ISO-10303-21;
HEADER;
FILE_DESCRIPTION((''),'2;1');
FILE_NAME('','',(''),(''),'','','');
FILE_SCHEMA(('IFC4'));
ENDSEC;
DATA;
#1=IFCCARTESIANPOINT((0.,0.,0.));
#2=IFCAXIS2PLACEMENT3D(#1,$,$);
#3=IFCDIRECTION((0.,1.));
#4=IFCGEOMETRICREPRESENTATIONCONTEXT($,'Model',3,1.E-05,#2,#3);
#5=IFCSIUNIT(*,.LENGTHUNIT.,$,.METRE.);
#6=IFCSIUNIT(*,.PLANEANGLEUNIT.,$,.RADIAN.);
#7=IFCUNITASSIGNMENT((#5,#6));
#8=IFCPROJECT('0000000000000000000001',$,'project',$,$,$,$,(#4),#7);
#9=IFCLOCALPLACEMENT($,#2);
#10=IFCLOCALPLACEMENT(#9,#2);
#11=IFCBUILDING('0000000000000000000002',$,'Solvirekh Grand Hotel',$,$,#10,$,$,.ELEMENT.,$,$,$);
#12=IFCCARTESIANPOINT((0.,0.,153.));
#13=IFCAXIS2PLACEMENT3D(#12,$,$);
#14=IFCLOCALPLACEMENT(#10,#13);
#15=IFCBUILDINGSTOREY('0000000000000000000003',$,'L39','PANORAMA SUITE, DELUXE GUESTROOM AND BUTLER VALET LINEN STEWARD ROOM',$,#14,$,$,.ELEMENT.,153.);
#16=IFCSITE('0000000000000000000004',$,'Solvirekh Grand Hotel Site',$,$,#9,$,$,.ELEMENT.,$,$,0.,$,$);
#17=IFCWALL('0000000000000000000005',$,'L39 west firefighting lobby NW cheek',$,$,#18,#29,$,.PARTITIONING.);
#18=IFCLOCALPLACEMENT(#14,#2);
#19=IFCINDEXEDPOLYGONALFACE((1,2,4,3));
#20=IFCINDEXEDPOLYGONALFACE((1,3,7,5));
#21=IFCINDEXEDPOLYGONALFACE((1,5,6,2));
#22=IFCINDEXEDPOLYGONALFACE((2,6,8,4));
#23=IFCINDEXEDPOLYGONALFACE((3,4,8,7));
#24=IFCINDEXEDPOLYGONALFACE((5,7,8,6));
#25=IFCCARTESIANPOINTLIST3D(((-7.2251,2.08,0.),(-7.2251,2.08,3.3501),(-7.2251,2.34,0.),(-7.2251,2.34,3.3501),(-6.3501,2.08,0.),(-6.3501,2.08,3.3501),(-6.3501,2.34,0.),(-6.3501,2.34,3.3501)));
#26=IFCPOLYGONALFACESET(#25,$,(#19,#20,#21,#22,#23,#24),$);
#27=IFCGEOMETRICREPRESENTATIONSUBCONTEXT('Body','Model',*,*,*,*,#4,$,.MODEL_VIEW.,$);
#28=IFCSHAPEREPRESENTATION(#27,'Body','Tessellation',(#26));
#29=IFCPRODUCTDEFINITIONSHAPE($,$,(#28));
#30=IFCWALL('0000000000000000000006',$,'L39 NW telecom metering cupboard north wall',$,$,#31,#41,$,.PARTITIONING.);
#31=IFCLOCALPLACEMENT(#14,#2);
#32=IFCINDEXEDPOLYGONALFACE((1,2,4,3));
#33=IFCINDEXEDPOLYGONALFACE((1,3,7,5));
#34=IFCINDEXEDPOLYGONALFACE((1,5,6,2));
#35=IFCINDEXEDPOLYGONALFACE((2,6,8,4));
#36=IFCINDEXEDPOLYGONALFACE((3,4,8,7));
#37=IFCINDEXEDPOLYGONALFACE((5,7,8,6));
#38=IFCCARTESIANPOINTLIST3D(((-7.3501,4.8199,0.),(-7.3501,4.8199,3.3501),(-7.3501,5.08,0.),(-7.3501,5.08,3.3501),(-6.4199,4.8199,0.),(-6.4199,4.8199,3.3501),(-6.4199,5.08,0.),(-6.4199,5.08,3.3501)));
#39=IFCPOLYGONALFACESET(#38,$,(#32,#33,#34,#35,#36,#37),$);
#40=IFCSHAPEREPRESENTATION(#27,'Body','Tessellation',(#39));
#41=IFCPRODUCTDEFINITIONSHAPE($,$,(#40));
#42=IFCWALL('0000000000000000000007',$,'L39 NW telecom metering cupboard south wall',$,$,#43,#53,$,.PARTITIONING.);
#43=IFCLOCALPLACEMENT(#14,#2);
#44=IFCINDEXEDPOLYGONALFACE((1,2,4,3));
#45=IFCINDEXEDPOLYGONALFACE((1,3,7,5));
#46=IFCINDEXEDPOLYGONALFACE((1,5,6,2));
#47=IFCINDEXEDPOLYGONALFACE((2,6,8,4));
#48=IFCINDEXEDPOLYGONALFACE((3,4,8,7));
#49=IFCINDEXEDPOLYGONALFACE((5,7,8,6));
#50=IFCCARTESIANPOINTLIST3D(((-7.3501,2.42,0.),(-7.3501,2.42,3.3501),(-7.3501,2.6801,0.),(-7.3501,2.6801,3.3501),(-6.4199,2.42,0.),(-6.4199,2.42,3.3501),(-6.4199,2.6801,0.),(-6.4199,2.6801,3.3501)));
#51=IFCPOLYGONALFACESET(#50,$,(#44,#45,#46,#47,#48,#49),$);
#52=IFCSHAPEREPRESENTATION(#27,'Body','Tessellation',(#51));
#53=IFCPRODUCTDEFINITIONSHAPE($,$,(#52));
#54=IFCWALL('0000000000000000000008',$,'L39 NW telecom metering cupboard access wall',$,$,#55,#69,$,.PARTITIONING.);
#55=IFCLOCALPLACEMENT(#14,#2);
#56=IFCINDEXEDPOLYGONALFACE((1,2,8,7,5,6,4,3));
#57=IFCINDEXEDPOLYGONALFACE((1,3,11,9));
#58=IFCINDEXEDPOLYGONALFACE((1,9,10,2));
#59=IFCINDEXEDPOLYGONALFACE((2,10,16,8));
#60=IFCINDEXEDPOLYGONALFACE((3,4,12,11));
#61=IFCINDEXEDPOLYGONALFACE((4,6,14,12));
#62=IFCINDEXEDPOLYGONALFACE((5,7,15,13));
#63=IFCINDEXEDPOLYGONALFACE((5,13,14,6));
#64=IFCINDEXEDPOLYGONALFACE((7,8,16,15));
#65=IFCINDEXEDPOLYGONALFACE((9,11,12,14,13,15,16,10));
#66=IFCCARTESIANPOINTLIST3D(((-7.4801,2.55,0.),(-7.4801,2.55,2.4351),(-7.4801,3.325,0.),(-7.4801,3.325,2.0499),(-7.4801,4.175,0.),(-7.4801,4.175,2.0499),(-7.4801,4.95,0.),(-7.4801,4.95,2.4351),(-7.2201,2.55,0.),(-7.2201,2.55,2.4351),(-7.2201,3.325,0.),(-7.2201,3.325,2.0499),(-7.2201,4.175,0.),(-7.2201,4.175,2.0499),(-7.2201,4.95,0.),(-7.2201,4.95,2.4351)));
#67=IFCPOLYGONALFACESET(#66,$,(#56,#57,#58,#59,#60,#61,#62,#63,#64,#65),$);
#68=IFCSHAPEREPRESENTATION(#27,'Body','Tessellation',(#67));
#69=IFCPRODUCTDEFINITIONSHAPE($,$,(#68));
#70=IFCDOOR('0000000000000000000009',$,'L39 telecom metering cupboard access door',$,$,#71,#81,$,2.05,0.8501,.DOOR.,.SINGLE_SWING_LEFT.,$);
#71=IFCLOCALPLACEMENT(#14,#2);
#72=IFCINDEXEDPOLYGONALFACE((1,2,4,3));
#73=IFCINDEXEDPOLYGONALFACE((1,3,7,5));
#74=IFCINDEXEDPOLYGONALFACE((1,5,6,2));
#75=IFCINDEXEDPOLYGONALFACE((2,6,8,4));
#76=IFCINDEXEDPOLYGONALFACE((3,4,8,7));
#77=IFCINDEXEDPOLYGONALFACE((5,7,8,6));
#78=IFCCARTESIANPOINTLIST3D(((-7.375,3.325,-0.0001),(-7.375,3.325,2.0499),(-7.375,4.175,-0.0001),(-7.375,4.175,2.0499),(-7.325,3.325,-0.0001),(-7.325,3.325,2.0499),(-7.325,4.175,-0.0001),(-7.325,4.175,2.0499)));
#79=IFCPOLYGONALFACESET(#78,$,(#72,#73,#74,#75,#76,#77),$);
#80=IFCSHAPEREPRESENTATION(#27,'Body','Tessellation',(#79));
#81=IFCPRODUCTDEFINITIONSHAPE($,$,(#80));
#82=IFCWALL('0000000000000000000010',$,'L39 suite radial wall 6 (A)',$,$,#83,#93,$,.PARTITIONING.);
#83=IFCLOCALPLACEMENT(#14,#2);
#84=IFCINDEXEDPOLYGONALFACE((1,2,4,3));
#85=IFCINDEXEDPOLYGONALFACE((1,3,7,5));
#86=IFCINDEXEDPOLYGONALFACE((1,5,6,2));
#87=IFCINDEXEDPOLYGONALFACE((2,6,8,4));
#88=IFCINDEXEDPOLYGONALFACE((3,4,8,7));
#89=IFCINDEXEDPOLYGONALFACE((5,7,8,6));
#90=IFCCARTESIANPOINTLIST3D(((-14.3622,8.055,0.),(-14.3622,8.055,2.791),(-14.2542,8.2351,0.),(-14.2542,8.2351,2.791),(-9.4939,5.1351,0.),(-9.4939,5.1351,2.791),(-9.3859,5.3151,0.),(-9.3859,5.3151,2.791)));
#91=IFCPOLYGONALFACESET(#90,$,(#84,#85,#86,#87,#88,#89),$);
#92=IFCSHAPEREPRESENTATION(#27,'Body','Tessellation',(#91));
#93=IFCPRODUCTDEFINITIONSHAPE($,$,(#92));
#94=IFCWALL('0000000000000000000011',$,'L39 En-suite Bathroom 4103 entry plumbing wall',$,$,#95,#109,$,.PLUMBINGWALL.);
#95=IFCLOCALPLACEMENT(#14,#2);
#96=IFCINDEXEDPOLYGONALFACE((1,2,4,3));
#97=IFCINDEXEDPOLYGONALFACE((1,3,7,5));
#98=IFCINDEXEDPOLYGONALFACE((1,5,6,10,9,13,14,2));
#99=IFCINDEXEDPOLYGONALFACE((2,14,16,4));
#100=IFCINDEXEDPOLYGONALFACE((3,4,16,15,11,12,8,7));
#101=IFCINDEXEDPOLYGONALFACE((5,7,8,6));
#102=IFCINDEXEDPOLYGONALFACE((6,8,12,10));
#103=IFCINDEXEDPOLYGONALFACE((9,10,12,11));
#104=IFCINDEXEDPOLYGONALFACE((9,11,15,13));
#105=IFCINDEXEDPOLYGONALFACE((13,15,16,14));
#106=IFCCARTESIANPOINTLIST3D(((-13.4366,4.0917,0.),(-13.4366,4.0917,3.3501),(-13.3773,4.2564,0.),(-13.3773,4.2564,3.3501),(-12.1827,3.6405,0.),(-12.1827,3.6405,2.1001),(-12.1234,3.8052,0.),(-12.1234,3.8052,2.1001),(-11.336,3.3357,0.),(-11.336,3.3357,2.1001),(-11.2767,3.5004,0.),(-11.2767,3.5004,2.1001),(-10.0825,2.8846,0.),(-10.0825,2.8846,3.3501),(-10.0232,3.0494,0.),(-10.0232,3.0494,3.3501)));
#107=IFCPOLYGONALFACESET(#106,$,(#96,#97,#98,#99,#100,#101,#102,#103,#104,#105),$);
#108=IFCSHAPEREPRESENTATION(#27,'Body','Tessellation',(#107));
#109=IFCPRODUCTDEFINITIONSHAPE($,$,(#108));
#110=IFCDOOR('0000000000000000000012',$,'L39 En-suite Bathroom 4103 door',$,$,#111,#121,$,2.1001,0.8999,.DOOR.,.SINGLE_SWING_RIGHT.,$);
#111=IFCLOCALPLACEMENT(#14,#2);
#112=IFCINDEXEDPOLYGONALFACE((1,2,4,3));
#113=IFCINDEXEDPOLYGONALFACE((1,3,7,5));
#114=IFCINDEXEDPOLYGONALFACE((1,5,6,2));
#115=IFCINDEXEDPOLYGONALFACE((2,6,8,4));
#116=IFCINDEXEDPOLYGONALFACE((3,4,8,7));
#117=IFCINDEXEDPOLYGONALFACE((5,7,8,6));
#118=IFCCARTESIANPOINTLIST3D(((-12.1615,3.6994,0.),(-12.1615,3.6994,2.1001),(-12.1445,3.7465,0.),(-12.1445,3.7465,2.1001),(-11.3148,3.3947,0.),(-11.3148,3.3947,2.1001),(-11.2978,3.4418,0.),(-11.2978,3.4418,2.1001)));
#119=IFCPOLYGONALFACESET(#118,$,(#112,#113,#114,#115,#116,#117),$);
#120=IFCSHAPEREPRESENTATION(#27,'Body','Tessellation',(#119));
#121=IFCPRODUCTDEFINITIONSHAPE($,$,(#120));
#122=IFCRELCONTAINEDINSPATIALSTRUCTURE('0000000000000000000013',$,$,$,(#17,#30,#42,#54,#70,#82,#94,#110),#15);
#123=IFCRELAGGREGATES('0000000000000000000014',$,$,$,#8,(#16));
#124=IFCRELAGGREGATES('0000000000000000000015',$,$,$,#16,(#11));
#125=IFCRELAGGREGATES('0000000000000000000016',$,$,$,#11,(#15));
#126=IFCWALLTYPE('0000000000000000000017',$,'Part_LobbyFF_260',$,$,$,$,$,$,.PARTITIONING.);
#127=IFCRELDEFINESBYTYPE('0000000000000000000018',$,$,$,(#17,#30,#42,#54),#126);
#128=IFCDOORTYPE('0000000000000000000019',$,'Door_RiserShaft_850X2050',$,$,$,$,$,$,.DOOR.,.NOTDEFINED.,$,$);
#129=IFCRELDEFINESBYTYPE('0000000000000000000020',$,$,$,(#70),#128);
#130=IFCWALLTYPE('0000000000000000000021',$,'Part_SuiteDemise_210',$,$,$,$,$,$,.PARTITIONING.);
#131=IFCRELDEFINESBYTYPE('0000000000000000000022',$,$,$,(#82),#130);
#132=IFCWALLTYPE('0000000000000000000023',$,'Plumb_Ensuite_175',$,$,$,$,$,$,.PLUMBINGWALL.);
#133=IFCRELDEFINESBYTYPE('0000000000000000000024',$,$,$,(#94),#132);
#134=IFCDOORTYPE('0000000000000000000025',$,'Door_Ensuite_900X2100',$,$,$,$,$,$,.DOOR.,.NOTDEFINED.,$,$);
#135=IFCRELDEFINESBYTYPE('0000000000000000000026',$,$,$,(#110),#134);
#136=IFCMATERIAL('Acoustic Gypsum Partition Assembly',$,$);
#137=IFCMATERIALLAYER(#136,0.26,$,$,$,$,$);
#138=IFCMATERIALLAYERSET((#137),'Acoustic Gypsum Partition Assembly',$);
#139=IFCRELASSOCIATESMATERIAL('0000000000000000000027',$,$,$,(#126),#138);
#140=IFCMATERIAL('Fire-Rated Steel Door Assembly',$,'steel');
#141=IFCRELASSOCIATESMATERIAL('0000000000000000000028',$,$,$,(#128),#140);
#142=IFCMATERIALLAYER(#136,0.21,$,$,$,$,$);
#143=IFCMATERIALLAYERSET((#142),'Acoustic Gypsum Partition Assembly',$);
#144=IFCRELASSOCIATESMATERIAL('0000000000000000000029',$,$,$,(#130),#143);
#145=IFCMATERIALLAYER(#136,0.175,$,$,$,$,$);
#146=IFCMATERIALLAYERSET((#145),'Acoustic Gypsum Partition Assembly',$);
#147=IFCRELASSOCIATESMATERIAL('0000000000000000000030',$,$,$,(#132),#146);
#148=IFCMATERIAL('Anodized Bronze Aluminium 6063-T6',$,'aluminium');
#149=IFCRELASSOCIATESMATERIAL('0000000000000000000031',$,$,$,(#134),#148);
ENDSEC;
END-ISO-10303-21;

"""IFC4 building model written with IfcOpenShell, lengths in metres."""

from ifc_helpers import new_model, si_unit, direction, frame, frame_2d, origin, place, context, subcontext, project, spatial, rectangle, extrude, material, layer, layer_set, type_object, element, fill, save


model = new_model("IFC4")

# Units and contexts
model_context = context("Model", 3, precision=1e-05, world=origin(), true_north=direction((0.0, 1.0)))
body_context = subcontext(model_context, "Body", "Model", "MODEL_VIEW")
ifc_project = project(units=[si_unit("LENGTHUNIT", "METRE"), si_unit("PLANEANGLEUNIT", "RADIAN")], contexts=[model_context])

# Site, building, storey
site_placement = place(None, origin())
site = spatial("IfcSite", under=ifc_project, at=site_placement, Name="Solvirekh Grand Hotel Site", CompositionType="ELEMENT", RefElevation=0.0)
building_placement = place(site_placement, origin())
building = spatial("IfcBuilding", under=site, at=building_placement, Name="Solvirekh Grand Hotel", CompositionType="ELEMENT")
storey_placement = place(building_placement, frame((0.0, 0.0, 153.0)))
storey = spatial("IfcBuildingStorey", under=building, at=storey_placement, Name="L39", Description="PANORAMA SUITE, DELUXE GUESTROOM AND BUTLER VALET LINEN STEWARD ROOM", CompositionType="ELEMENT", Elevation=153.0)

# Shared definitions
ifc_material_1 = material(Name="Anodized Bronze Aluminium 6063-T6", Category="aluminium")

# Shared definitions
ifc_material_2 = material(Name="Acoustic Gypsum Partition Assembly")

# Shared definitions
ifc_material_3 = material(Name="Fire-Rated Steel Door Assembly", Category="steel")

# Walls
ifc_layer_1 = layer(ifc_material_2, 0.26)
ifc_layer_set_1 = layer_set([ifc_layer_1], Name="Acoustic Gypsum Partition Assembly")
wall_type_1 = type_object("IfcWallType", Name="Part_LobbyFF_260", PredefinedType="PARTITIONING", material=ifc_layer_set_1)
wall_1_placement = place(storey_placement, frame((-7.2251, 2.21, 0.0), z_axis=(0.0, 0.0, 1.0), x_axis=(1.0, 0.0, 0.0)))
element("IfcWall", 1, at=wall_1_placement, inside=storey, type_object=wall_type_1, Name="L39 west firefighting lobby NW cheek", PredefinedType="PARTITIONING", context=body_context, shape_type="SweptSolid", body=[
    extrude(rectangle(XDim=0.875, YDim=0.26, at=frame_2d((0.4375, 0.0))), origin(), (0.0, 0.0, 1.0), 3.3501),
])
for number, where, z_axis, x_axis, name in (
    (2, (-7.3501, 4.95, 0.0), (0.0, 0.0, 1.0), (1.0, 0.0, 0.0), "L39 NW telecom metering cupboard north wall"),
    (3, (-7.3501, 2.55, 0.0), (0.0, 0.0, 1.0), (1.0, 0.0, 0.0), "L39 NW telecom metering cupboard south wall"),
):
    element("IfcWall", number, at=place(storey_placement, frame(where, z_axis=z_axis, x_axis=x_axis)), inside=storey, type_object=wall_type_1, Name=name, PredefinedType="PARTITIONING", context=body_context, shape_type="SweptSolid", body=[
        extrude(rectangle(XDim=0.9302, YDim=0.26, at=frame_2d((0.4651, 0.0))), origin(), (0.0, 0.0, 1.0), 3.3501),
    ])

# Wall, opening, door
wall_2_placement = place(storey_placement, frame((-7.3501, 2.55, 0.0), z_axis=(0.0, 0.0, 1.0), x_axis=(0.0, 1.0, 0.0)))
wall_2 = element("IfcWall", 4, at=wall_2_placement, inside=storey, type_object=wall_type_1, Name="L39 NW telecom metering cupboard access wall", PredefinedType="PARTITIONING", context=body_context, shape_type="SweptSolid", body=[
    extrude(rectangle(XDim=2.3999, YDim=0.26, at=frame_2d((1.2, 0.0))), origin(), (0.0, 0.0, 1.0), 2.4351),
])
opening_1_placement = place(wall_2_placement, frame((0.7749, 0.0, 0.0)))
opening_1 = element("IfcOpeningElement", 5, at=opening_1_placement, cuts=wall_2, PredefinedType="OPENING", context=body_context, shape_type="SweptSolid", body=[
    extrude(rectangle(XDim=0.8501, YDim=2.05, at=frame_2d((0.425, 1.0249))), frame((0.0, 0.1401, 0.0), z_axis=(0.0, -1.0, 0.0), x_axis=(1.0, 0.0, 0.0)), (0.0, 0.0, 1.0), 0.28),
])
door_type_1 = type_object("IfcDoorType", Name="Door_RiserShaft_850X2050", OperationType="NOTDEFINED", PredefinedType="DOOR", material=ifc_material_3)
door_1_placement = place(opening_1_placement, origin())
door_1 = element("IfcDoor", 6, at=door_1_placement, inside=storey, type_object=door_type_1, Name="L39 telecom metering cupboard access door", OperationType="SINGLE_SWING_LEFT", OverallHeight=2.05, OverallWidth=0.8501, PredefinedType="DOOR", context=body_context, shape_type="SweptSolid", body=[
    extrude(rectangle(XDim=0.8501, YDim=2.05, at=frame_2d((0.425, 1.0249))), frame((0.0, 0.0249, 0.0), z_axis=(0.0, -1.0, 0.0), x_axis=(1.0, 0.0, 0.0)), (0.0, 0.0, 1.0), 0.05),
])
fill(opening_1, door_1)

# Wall
ifc_layer_2 = layer(ifc_material_2, 0.21)
ifc_layer_set_2 = layer_set([ifc_layer_2], Name="Acoustic Gypsum Partition Assembly")
wall_type_2 = type_object("IfcWallType", Name="Part_SuiteDemise_210", PredefinedType="PARTITIONING", material=ifc_layer_set_2)
wall_3_placement = place(storey_placement, frame((-9.4399, 5.2251, 0.0), z_axis=(0.0, 0.0, 1.0), x_axis=(-0.857569, 0.514369, 0.0)))
element("IfcWall", 7, at=wall_3_placement, inside=storey, type_object=wall_type_2, Name="L39 suite radial wall 6 (A)", PredefinedType="PARTITIONING", context=body_context, shape_type="SweptSolid", body=[
    extrude(rectangle(XDim=5.6768, YDim=0.21, at=frame_2d((2.8384, 0.0))), origin(), (0.0, 0.0, 1.0), 2.791),
])

# Wall, opening, door
ifc_layer_3 = layer(ifc_material_2, 0.175)
ifc_layer_set_3 = layer_set([ifc_layer_3], Name="Acoustic Gypsum Partition Assembly")
wall_type_3 = type_object("IfcWallType", Name="Plumb_Ensuite_175", PredefinedType="PLUMBINGWALL", material=ifc_layer_set_3)
wall_4_placement = place(storey_placement, frame((-10.053, 2.967, 0.0), z_axis=(0.0, 0.0, 1.0), x_axis=(-0.940924, 0.338618, 0.0)))
wall_4 = element("IfcWall", 8, at=wall_4_placement, inside=storey, type_object=wall_type_3, Name="L39 En-suite Bathroom 4103 entry plumbing wall", PredefinedType="PLUMBINGWALL", context=body_context, shape_type="SweptSolid", body=[
    extrude(rectangle(XDim=3.5647, YDim=0.175, at=frame_2d((1.7822, 0.0))), origin(), (0.0, 0.0, 1.0), 3.3501),
])
opening_2_placement = place(wall_4_placement, frame((1.332, 0.0, 0.0)))
opening_2 = element("IfcOpeningElement", 9, at=opening_2_placement, cuts=wall_4, PredefinedType="OPENING", context=body_context, shape_type="SweptSolid", body=[
    extrude(rectangle(XDim=0.8999, YDim=2.1001, at=frame_2d((0.45, 1.05))), frame((0.0, 0.0977, 0.0), z_axis=(0.0, -1.0, 0.0), x_axis=(1.0, 0.0, 0.0)), (0.0, 0.0, 1.0), 0.1951),
])
door_type_2 = type_object("IfcDoorType", Name="Door_Ensuite_900X2100", OperationType="NOTDEFINED", PredefinedType="DOOR", material=ifc_material_1)
door_2_placement = place(opening_2_placement, origin())
door_2 = element("IfcDoor", 10, at=door_2_placement, inside=storey, type_object=door_type_2, Name="L39 En-suite Bathroom 4103 door", OperationType="SINGLE_SWING_RIGHT", OverallHeight=2.1001, OverallWidth=0.8999, PredefinedType="DOOR", context=body_context, shape_type="SweptSolid", body=[
    extrude(rectangle(XDim=0.8999, YDim=2.1001, at=frame_2d((0.45, 1.05))), frame((0.0, 0.0249, 0.0), z_axis=(0.0, -1.0, 0.0), x_axis=(1.0, 0.0, 0.0)), (0.0, 0.0, 1.0), 0.05),
])
fill(opening_2, door_2)

save(model, "model.ifc")
